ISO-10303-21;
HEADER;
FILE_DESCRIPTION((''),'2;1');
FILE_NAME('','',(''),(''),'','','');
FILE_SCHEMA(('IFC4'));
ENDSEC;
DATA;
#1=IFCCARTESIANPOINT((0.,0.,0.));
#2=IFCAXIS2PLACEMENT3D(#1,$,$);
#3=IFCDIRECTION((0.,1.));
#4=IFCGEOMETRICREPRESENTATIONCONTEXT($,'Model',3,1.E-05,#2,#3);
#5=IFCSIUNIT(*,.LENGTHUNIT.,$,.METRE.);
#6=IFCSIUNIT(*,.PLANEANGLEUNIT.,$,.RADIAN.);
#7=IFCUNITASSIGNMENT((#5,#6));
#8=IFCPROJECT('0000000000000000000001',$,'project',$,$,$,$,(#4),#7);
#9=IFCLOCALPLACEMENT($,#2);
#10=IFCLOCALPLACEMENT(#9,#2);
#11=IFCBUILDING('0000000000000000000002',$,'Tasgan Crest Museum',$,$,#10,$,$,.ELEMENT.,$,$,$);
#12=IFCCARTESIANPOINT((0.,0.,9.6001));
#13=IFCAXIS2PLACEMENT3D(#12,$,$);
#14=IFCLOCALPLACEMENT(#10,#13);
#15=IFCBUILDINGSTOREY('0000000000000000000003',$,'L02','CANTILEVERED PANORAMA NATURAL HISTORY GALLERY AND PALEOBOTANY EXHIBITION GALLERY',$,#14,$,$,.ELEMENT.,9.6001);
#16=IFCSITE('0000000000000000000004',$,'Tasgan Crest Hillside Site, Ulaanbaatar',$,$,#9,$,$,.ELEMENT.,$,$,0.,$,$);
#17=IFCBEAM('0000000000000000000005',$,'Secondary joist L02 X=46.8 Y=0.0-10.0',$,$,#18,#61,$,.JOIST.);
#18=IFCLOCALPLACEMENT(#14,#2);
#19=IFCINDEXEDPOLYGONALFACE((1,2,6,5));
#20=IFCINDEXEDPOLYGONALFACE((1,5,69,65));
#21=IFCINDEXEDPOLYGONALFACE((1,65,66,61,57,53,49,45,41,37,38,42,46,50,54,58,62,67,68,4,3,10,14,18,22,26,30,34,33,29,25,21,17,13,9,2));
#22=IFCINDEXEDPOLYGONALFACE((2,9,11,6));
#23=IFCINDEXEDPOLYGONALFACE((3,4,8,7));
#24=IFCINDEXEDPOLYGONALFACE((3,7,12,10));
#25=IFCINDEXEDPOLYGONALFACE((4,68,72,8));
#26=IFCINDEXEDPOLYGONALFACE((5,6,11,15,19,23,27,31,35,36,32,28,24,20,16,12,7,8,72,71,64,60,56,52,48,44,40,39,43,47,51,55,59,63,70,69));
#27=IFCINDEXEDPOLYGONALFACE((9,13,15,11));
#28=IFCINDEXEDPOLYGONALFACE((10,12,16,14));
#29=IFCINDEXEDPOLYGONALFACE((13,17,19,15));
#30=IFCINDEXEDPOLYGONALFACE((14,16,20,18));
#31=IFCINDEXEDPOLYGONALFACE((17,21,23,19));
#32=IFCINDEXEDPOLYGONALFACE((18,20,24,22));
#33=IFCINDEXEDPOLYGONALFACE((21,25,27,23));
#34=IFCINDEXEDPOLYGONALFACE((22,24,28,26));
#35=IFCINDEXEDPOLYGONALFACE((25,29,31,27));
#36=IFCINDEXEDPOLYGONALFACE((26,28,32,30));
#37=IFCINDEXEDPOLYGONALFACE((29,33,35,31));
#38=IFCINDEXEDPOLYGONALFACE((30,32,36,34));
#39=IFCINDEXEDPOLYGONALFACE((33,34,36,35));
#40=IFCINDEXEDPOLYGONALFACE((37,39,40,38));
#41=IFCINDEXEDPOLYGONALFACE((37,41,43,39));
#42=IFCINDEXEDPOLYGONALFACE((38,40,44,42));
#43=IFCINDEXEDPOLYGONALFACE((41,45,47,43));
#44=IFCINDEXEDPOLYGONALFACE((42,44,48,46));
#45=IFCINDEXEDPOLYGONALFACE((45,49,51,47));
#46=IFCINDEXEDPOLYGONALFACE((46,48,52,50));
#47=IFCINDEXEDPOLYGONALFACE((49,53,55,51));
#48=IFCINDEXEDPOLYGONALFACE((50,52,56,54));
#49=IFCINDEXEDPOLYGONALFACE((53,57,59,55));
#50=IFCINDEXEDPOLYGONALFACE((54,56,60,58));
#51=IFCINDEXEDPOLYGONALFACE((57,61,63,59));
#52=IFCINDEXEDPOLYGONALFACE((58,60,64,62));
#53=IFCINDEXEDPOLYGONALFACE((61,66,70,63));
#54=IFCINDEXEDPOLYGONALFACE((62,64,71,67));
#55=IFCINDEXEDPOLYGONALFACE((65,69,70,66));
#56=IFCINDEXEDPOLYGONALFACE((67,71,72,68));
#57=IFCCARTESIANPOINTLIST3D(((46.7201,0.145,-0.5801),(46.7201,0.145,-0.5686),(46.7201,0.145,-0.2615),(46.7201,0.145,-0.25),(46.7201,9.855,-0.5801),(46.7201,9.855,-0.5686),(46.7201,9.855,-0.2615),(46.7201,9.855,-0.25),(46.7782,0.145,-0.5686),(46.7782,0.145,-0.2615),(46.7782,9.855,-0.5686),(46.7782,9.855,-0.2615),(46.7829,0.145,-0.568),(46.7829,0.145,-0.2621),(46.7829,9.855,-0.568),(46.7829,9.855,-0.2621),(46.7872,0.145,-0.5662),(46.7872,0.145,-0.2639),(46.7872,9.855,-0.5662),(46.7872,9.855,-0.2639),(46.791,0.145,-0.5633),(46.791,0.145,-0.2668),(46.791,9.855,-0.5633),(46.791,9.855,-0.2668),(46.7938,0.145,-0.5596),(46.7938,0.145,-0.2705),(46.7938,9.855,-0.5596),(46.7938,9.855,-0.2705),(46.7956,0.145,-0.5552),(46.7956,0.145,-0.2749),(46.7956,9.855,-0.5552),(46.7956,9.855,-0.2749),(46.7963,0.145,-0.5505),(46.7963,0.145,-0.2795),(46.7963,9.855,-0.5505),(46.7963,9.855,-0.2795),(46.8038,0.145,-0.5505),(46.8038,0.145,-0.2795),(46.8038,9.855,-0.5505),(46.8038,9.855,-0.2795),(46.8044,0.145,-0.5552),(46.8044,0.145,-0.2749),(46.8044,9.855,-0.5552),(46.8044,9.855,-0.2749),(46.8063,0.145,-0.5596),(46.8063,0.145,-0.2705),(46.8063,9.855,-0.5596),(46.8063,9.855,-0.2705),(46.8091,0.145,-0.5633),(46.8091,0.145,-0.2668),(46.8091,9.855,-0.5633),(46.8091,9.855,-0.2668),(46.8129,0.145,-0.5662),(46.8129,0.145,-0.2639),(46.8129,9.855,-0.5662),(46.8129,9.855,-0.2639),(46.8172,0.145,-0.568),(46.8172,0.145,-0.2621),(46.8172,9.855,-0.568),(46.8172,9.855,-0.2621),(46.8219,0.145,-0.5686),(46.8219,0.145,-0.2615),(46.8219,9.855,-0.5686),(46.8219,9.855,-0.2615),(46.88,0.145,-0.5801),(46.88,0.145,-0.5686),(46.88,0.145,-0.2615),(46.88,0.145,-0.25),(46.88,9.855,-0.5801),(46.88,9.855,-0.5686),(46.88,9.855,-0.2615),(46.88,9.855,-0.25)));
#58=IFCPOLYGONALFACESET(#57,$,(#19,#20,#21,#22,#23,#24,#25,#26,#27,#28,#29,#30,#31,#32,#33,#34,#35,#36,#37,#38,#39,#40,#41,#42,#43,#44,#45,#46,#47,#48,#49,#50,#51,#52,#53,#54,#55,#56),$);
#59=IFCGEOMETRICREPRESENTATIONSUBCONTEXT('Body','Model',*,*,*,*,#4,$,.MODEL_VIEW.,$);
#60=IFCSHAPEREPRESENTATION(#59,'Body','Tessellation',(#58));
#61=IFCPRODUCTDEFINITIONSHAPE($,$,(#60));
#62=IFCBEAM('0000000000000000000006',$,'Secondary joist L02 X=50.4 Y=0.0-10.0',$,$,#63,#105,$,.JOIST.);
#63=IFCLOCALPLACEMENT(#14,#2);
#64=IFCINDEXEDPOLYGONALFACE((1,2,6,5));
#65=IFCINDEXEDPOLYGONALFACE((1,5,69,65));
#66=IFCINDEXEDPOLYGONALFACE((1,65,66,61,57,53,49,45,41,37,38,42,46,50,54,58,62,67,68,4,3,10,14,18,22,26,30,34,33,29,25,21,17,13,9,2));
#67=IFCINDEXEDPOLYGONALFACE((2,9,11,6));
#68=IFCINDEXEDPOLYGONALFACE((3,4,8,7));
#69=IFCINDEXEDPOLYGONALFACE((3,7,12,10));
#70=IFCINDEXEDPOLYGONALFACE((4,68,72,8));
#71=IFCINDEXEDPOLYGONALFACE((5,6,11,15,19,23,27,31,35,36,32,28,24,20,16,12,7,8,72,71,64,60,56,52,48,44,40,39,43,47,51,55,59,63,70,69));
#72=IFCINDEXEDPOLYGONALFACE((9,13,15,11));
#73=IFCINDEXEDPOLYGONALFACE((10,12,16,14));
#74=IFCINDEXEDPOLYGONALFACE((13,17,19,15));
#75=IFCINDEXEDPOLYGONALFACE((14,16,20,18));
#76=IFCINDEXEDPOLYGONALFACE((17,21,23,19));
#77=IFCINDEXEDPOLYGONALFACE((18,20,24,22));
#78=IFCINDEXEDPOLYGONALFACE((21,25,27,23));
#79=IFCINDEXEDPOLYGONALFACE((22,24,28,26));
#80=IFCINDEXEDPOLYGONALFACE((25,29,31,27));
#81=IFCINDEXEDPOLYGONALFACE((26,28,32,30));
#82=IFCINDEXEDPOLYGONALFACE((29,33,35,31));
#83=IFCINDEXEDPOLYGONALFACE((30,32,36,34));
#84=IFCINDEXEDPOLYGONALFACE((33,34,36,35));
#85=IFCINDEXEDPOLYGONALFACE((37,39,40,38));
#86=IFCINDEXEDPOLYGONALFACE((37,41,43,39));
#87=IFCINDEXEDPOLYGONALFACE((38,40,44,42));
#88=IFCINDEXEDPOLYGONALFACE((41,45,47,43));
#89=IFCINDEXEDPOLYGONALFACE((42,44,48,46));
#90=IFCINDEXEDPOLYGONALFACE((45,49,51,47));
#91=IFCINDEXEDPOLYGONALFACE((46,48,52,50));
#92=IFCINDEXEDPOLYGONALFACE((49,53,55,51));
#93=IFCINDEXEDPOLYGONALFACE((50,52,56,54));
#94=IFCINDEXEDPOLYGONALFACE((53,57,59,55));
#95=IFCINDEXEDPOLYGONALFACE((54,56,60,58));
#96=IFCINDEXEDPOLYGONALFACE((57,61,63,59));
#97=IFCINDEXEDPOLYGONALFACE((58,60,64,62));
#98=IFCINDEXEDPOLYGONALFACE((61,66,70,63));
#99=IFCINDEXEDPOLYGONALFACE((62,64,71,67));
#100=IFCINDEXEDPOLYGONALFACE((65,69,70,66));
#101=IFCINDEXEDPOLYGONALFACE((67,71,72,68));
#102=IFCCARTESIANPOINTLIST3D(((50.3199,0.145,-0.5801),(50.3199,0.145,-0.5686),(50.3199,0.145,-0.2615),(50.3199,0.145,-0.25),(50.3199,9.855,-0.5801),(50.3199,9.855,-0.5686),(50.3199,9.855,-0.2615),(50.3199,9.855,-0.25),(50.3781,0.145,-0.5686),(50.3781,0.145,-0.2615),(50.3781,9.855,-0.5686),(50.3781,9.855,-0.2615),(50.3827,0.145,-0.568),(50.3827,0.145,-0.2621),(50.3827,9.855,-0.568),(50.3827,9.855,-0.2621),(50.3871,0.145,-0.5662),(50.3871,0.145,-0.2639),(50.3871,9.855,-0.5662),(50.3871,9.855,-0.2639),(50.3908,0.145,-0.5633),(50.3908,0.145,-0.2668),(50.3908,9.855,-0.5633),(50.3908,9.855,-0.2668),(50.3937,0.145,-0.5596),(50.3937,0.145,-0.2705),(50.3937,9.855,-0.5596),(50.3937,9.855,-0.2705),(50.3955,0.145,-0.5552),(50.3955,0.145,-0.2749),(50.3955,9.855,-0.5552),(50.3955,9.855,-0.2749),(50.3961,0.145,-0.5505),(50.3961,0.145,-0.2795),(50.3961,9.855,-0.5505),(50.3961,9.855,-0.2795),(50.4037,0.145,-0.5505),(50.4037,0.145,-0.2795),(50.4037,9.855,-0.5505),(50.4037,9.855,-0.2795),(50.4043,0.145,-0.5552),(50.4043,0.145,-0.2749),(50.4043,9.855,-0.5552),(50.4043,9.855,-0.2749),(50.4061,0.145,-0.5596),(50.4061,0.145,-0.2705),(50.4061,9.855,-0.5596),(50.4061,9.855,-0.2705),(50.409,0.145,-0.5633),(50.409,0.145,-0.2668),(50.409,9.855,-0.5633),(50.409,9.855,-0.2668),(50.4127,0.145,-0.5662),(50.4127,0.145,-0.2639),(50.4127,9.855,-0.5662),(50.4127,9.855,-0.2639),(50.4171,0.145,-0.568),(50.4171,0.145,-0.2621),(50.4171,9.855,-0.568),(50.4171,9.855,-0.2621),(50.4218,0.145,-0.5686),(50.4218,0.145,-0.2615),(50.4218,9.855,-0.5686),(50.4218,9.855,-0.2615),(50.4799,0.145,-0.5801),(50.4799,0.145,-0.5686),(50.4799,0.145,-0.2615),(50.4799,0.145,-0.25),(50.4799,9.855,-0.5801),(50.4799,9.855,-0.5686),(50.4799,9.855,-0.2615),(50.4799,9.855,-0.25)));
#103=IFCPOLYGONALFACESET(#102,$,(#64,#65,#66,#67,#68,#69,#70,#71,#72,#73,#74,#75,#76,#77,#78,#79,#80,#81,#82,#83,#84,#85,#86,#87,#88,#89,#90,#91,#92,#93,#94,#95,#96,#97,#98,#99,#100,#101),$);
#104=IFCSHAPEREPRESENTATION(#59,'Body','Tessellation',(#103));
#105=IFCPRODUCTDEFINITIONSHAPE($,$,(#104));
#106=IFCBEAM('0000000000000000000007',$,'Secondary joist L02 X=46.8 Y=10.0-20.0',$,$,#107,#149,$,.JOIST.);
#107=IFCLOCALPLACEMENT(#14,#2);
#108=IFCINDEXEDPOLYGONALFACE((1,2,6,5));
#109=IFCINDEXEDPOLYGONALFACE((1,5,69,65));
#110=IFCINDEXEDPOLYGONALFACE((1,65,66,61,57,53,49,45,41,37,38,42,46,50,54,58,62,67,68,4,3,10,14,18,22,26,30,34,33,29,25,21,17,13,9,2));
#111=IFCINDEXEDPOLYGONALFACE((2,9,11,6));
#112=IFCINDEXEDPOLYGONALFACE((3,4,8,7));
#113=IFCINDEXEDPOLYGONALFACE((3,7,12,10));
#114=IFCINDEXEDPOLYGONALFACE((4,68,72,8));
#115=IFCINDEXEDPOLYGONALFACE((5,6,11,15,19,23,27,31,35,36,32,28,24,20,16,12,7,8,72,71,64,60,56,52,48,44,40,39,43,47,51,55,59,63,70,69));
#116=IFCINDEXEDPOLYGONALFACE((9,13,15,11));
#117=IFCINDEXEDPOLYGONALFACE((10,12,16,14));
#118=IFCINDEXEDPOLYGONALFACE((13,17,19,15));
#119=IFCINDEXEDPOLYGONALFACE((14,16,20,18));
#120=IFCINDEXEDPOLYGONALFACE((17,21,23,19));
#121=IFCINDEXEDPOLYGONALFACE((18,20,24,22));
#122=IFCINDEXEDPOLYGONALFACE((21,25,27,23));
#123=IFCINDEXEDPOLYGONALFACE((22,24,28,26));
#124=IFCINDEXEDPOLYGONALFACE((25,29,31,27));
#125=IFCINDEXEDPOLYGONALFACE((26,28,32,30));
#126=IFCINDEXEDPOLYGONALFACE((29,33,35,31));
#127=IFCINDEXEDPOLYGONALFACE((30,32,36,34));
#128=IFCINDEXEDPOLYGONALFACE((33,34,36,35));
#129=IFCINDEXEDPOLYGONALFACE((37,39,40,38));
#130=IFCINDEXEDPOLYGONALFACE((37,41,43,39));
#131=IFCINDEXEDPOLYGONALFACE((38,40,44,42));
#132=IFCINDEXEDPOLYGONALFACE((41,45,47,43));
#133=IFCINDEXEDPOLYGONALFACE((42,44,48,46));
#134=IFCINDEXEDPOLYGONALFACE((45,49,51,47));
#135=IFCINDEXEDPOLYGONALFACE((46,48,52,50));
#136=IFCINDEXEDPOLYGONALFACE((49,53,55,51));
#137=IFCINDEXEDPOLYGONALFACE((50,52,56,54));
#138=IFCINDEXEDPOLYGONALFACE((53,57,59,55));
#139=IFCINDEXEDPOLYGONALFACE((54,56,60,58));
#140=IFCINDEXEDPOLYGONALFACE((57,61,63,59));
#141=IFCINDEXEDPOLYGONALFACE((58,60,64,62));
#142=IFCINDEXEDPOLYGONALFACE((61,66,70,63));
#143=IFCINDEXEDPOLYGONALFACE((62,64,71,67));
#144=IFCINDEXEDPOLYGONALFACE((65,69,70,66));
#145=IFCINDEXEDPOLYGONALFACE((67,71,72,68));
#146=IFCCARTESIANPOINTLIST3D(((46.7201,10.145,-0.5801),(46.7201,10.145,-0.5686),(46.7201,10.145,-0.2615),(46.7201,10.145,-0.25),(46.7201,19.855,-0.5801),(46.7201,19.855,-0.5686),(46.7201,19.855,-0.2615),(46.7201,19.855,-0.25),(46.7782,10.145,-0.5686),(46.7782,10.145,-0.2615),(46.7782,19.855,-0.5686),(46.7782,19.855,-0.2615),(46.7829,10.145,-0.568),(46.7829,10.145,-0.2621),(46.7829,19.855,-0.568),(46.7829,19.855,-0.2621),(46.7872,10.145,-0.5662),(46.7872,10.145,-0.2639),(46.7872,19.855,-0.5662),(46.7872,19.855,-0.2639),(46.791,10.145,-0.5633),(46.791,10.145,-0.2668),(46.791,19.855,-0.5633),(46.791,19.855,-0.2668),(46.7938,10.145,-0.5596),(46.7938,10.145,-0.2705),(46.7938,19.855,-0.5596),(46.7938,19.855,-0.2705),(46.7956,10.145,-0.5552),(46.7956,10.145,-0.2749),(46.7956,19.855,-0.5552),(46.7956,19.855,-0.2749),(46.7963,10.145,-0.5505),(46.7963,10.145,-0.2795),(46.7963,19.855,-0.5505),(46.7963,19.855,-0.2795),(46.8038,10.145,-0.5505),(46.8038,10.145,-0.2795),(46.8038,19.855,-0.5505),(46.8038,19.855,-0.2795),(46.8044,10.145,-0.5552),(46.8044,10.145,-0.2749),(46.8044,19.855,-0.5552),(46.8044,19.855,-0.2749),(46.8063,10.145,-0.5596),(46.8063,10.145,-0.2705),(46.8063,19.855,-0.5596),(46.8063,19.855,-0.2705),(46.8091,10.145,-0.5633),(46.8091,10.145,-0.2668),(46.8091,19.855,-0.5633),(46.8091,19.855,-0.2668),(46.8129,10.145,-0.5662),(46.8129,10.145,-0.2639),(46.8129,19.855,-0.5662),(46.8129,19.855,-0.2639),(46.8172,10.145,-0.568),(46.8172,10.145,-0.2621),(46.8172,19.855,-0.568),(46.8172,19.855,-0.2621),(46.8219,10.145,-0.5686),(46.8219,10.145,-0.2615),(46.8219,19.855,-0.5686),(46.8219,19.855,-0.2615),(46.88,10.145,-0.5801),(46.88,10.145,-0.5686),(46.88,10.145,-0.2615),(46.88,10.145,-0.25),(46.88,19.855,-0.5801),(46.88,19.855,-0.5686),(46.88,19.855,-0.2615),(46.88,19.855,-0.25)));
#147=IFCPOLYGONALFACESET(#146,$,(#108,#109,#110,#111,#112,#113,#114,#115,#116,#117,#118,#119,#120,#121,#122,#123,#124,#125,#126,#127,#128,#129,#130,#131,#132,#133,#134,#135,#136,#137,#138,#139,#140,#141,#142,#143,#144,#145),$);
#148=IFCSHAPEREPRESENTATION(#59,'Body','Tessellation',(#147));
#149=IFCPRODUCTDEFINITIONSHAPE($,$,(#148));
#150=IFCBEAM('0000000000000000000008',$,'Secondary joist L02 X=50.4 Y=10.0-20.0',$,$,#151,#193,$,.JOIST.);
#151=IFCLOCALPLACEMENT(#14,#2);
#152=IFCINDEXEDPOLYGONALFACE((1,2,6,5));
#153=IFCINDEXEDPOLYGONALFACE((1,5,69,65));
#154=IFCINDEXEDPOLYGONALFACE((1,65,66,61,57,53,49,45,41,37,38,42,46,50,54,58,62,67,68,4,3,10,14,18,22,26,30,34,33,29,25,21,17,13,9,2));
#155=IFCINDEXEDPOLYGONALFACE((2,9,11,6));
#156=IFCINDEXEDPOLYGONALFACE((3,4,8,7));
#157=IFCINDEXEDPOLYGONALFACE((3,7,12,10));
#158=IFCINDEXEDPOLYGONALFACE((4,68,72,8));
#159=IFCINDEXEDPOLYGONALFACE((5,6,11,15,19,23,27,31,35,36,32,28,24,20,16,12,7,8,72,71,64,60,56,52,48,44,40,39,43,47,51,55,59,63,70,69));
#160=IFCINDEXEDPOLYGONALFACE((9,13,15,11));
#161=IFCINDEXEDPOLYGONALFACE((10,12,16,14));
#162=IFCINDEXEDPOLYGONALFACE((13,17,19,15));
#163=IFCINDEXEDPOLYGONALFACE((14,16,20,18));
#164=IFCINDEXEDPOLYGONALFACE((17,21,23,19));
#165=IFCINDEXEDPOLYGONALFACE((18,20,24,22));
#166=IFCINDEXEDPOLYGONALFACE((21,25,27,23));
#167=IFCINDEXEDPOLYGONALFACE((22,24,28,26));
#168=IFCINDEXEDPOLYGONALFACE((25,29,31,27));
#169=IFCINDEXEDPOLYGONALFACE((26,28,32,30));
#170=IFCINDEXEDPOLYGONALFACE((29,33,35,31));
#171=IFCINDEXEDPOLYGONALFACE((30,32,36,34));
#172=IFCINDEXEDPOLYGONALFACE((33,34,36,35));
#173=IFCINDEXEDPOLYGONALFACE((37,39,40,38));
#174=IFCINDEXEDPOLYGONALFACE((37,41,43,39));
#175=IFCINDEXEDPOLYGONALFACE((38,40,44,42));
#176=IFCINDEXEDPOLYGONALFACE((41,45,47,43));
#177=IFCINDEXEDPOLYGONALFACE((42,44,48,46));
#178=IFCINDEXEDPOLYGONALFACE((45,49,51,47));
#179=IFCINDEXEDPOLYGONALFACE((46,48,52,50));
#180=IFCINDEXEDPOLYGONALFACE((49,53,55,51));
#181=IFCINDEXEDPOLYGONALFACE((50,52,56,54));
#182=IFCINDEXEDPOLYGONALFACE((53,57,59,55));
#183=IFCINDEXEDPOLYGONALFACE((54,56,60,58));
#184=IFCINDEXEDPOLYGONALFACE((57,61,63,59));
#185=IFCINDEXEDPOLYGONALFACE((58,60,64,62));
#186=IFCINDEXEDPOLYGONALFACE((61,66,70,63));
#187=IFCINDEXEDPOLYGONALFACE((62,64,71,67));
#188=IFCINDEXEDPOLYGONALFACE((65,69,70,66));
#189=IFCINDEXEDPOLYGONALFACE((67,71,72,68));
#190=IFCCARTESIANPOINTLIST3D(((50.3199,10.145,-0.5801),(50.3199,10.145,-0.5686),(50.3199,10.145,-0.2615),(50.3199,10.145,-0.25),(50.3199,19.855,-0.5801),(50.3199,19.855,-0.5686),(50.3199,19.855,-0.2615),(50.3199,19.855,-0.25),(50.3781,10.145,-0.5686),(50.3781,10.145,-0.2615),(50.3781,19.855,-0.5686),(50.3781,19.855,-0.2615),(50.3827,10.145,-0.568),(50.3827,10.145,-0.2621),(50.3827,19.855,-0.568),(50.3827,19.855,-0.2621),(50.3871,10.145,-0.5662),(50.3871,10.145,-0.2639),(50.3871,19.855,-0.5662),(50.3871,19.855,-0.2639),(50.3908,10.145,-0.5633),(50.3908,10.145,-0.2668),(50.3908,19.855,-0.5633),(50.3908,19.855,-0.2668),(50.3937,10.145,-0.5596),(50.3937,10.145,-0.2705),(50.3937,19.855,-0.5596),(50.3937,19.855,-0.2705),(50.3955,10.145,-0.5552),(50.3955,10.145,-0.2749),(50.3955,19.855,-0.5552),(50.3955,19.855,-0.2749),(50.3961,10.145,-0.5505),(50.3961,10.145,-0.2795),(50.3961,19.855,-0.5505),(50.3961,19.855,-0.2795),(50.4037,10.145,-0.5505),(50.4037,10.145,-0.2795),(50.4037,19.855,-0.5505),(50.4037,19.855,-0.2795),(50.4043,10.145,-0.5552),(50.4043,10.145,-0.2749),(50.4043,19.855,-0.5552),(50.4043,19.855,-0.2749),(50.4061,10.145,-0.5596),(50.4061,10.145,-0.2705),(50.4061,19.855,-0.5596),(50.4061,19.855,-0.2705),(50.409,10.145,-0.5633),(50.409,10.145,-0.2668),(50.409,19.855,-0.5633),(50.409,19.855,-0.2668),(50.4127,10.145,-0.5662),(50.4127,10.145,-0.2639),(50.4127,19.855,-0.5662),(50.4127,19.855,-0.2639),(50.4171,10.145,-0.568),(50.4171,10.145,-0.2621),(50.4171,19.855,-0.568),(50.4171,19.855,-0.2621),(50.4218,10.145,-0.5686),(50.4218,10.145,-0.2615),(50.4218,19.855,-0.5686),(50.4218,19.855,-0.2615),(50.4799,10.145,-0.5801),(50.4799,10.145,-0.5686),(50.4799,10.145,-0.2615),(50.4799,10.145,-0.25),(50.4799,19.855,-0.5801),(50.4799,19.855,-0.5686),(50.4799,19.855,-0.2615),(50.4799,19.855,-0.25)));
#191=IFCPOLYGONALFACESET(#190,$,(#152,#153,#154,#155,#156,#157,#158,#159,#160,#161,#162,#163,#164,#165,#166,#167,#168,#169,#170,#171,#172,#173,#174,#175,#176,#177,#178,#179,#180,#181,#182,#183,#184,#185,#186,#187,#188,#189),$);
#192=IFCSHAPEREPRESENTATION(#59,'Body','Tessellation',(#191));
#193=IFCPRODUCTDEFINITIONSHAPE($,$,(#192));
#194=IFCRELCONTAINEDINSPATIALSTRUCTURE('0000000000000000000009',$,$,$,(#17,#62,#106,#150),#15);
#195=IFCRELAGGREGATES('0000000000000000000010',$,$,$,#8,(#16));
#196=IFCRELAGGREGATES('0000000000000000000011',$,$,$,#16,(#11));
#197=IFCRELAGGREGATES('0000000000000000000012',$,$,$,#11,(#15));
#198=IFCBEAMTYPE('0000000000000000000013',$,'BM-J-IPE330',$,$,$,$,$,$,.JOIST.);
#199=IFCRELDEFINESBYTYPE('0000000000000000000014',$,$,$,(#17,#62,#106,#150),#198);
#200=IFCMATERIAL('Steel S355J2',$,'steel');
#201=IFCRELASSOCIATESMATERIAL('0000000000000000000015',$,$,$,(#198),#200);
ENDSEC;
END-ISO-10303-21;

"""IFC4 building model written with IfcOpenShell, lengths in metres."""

from ifc_helpers import new_model, si_unit, direction, frame, origin, origin_2d, place, context, subcontext, project, spatial, i_section, extrude, material, material_profile, profile_set, type_object, element, save


model = new_model("IFC4")

# Units and contexts
model_context = context("Model", 3, precision=1e-05, world=origin(), true_north=direction((0.0, 1.0)))
body_context = subcontext(model_context, "Body", "Model", "MODEL_VIEW")
ifc_project = project(units=[si_unit("LENGTHUNIT", "METRE"), si_unit("PLANEANGLEUNIT", "RADIAN")], contexts=[model_context])

# Site, building, storey
site_placement = place(None, origin())
site = spatial("IfcSite", under=ifc_project, at=site_placement, Name="Tasgan Crest Hillside Site, Ulaanbaatar", CompositionType="ELEMENT", RefElevation=0.0)
building_placement = place(site_placement, origin())
building = spatial("IfcBuilding", under=site, at=building_placement, Name="Tasgan Crest Museum", CompositionType="ELEMENT")
storey_placement = place(building_placement, frame((0.0, 0.0, 9.6001)))
storey = spatial("IfcBuildingStorey", under=building, at=storey_placement, Name="L02", Description="CANTILEVERED PANORAMA NATURAL HISTORY GALLERY AND PALEOBOTANY EXHIBITION GALLERY", CompositionType="ELEMENT", Elevation=9.6001)

# Beams
ifc_material_1 = material(Name="Steel S355J2", Category="steel")
ifc_material_profile_1 = material_profile(ifc_material_1, i_section(OverallWidth=0.1599, OverallDepth=0.3301, WebThickness=0.0076, FlangeThickness=0.0115, FilletRadius=0.0181, at=origin_2d()), Name="IPE 330")
ifc_profile_set_1 = profile_set([ifc_material_profile_1], Name="Steel S355J2")
beam_type_1 = type_object("IfcBeamType", Name="BM-J-IPE330", PredefinedType="JOIST", material=ifc_profile_set_1)
for number, where, z_axis, x_axis, name in (
    (1, (46.8, 0.145, -0.415), (0.0, 1.0, 0.0), (-1.0, 0.0, 0.0), "Secondary joist L02 X=46.8 Y=0.0-10.0"),
    (2, (50.3999, 0.145, -0.415), (0.0, 1.0, 0.0), (-1.0, 0.0, 0.0), "Secondary joist L02 X=50.4 Y=0.0-10.0"),
    (3, (46.8, 10.145, -0.415), (0.0, 1.0, 0.0), (-1.0, 0.0, 0.0), "Secondary joist L02 X=46.8 Y=10.0-20.0"),
    (4, (50.3999, 10.145, -0.415), (0.0, 1.0, 0.0), (-1.0, 0.0, 0.0), "Secondary joist L02 X=50.4 Y=10.0-20.0"),
):
    element("IfcBeam", number, at=place(storey_placement, frame(where, z_axis=z_axis, x_axis=x_axis)), inside=storey, type_object=beam_type_1, Name=name, PredefinedType="JOIST", context=body_context, shape_type="SweptSolid", body=[
        extrude(i_section(OverallWidth=0.1599, OverallDepth=0.3301, WebThickness=0.0076, FlangeThickness=0.0115, FilletRadius=0.0181, at=origin_2d()), origin(), (0.0, 0.0, 1.0), 9.71),
    ])

save(model, "model.ifc")
